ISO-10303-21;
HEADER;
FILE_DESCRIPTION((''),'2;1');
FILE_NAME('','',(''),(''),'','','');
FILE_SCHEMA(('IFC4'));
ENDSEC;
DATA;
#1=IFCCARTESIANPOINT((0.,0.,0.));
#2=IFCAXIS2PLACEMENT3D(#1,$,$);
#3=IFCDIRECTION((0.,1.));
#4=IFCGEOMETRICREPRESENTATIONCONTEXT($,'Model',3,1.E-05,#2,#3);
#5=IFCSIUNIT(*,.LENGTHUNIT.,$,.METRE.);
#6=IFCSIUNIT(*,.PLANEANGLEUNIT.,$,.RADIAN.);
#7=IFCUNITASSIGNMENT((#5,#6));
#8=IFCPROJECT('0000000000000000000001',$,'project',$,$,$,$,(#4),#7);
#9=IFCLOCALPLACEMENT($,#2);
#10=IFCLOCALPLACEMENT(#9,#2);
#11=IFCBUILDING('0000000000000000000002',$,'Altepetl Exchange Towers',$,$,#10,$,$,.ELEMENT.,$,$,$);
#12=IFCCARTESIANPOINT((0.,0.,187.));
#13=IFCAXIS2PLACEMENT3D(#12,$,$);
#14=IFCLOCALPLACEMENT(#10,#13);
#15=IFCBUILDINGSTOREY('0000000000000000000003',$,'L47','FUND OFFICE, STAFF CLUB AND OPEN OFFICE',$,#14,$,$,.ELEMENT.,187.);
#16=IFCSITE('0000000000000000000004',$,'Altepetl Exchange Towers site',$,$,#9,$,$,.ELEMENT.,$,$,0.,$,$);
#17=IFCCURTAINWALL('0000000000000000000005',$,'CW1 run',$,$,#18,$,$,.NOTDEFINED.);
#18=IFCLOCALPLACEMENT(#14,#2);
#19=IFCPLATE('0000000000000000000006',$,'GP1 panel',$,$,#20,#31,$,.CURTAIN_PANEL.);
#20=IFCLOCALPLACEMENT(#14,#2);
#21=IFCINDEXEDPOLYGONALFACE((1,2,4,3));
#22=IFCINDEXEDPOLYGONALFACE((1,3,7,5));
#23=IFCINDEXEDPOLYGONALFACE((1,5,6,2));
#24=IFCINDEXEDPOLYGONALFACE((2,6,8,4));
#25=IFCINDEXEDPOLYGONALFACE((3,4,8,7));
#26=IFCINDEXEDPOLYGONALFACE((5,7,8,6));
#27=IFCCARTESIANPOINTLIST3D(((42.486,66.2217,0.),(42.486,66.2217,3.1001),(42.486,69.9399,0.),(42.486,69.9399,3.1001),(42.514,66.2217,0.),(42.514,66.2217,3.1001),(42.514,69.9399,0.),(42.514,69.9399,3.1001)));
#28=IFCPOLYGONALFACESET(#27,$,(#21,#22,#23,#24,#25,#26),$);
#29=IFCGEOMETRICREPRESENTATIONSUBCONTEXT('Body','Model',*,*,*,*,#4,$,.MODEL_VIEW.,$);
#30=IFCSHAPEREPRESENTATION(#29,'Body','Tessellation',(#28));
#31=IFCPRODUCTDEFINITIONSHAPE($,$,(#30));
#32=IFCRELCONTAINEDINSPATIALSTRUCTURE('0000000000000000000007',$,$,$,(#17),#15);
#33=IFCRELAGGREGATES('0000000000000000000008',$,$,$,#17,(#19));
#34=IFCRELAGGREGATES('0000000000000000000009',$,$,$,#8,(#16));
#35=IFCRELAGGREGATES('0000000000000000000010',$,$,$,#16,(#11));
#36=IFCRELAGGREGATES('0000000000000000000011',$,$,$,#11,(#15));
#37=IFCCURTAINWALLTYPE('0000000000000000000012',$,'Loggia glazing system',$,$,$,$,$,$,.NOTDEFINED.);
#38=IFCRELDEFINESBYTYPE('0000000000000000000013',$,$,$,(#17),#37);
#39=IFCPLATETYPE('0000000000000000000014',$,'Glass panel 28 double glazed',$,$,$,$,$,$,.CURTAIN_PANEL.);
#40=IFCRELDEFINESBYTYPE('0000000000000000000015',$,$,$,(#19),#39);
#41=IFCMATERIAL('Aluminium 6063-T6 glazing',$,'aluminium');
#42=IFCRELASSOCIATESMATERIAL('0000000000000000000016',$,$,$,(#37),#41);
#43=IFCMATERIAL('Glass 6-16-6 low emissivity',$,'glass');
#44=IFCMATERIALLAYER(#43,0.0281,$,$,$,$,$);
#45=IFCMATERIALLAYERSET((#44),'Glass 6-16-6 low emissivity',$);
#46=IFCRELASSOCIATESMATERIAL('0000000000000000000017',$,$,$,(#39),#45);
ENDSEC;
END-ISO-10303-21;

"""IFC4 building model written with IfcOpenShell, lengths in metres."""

from ifc_helpers import new_model, si_unit, direction, frame, origin, origin_2d, place, context, subcontext, project, spatial, rectangle, extrude, material, layer, layer_set, type_object, element, aggregate, save


model = new_model("IFC4")

# Units and contexts
model_context = context("Model", 3, precision=1e-05, world=origin(), true_north=direction((0.0, 1.0)))
body_context = subcontext(model_context, "Body", "Model", "MODEL_VIEW")
ifc_project = project(units=[si_unit("LENGTHUNIT", "METRE"), si_unit("PLANEANGLEUNIT", "RADIAN")], contexts=[model_context])

# Site, building, storey
site_placement = place(None, origin())
site = spatial("IfcSite", under=ifc_project, at=site_placement, Name="Altepetl Exchange Towers site", CompositionType="ELEMENT", RefElevation=0.0)
building_placement = place(site_placement, origin())
building = spatial("IfcBuilding", under=site, at=building_placement, Name="Altepetl Exchange Towers", CompositionType="ELEMENT")
storey_placement = place(building_placement, frame((0.0, 0.0, 187.0)))
storey = spatial("IfcBuildingStorey", under=building, at=storey_placement, Name="L47", Description="FUND OFFICE, STAFF CLUB AND OPEN OFFICE", CompositionType="ELEMENT", Elevation=187.0)

# Curtain wall
ifc_material_1 = material(Name="Aluminium 6063-T6 glazing", Category="aluminium")
curtain_wall_type = type_object("IfcCurtainWallType", Name="Loggia glazing system", PredefinedType="NOTDEFINED", material=ifc_material_1)
curtain_wall_1_placement = place(storey_placement, origin())
curtain_wall_1 = element("IfcCurtainWall", 1, at=curtain_wall_1_placement, inside=storey, type_object=curtain_wall_type, Name="CW1 run", PredefinedType="NOTDEFINED")

# Plate
ifc_material_2 = material(Name="Glass 6-16-6 low emissivity", Category="glass")
ifc_layer = layer(ifc_material_2, 0.0281)
ifc_layer_set = layer_set([ifc_layer], Name="Glass 6-16-6 low emissivity")
plate_type = type_object("IfcPlateType", Name="Glass panel 28 double glazed", PredefinedType="CURTAIN_PANEL", material=ifc_layer_set)
plate_1_placement = place(storey_placement, frame((42.5, 68.0808, 0.0), z_axis=(0.0, 0.0, 1.0), x_axis=(0.0, -1.0, 0.0)))
plate_1 = element("IfcPlate", 2, at=plate_1_placement, type_object=plate_type, Name="GP1 panel", PredefinedType="CURTAIN_PANEL", context=body_context, shape_type="SweptSolid", body=[
    extrude(rectangle(XDim=3.7183, YDim=0.0281, at=origin_2d()), origin(), (0.0, 0.0, 1.0), 3.1001),
])
aggregate(curtain_wall_1, [plate_1])

save(model, "model.ifc")
